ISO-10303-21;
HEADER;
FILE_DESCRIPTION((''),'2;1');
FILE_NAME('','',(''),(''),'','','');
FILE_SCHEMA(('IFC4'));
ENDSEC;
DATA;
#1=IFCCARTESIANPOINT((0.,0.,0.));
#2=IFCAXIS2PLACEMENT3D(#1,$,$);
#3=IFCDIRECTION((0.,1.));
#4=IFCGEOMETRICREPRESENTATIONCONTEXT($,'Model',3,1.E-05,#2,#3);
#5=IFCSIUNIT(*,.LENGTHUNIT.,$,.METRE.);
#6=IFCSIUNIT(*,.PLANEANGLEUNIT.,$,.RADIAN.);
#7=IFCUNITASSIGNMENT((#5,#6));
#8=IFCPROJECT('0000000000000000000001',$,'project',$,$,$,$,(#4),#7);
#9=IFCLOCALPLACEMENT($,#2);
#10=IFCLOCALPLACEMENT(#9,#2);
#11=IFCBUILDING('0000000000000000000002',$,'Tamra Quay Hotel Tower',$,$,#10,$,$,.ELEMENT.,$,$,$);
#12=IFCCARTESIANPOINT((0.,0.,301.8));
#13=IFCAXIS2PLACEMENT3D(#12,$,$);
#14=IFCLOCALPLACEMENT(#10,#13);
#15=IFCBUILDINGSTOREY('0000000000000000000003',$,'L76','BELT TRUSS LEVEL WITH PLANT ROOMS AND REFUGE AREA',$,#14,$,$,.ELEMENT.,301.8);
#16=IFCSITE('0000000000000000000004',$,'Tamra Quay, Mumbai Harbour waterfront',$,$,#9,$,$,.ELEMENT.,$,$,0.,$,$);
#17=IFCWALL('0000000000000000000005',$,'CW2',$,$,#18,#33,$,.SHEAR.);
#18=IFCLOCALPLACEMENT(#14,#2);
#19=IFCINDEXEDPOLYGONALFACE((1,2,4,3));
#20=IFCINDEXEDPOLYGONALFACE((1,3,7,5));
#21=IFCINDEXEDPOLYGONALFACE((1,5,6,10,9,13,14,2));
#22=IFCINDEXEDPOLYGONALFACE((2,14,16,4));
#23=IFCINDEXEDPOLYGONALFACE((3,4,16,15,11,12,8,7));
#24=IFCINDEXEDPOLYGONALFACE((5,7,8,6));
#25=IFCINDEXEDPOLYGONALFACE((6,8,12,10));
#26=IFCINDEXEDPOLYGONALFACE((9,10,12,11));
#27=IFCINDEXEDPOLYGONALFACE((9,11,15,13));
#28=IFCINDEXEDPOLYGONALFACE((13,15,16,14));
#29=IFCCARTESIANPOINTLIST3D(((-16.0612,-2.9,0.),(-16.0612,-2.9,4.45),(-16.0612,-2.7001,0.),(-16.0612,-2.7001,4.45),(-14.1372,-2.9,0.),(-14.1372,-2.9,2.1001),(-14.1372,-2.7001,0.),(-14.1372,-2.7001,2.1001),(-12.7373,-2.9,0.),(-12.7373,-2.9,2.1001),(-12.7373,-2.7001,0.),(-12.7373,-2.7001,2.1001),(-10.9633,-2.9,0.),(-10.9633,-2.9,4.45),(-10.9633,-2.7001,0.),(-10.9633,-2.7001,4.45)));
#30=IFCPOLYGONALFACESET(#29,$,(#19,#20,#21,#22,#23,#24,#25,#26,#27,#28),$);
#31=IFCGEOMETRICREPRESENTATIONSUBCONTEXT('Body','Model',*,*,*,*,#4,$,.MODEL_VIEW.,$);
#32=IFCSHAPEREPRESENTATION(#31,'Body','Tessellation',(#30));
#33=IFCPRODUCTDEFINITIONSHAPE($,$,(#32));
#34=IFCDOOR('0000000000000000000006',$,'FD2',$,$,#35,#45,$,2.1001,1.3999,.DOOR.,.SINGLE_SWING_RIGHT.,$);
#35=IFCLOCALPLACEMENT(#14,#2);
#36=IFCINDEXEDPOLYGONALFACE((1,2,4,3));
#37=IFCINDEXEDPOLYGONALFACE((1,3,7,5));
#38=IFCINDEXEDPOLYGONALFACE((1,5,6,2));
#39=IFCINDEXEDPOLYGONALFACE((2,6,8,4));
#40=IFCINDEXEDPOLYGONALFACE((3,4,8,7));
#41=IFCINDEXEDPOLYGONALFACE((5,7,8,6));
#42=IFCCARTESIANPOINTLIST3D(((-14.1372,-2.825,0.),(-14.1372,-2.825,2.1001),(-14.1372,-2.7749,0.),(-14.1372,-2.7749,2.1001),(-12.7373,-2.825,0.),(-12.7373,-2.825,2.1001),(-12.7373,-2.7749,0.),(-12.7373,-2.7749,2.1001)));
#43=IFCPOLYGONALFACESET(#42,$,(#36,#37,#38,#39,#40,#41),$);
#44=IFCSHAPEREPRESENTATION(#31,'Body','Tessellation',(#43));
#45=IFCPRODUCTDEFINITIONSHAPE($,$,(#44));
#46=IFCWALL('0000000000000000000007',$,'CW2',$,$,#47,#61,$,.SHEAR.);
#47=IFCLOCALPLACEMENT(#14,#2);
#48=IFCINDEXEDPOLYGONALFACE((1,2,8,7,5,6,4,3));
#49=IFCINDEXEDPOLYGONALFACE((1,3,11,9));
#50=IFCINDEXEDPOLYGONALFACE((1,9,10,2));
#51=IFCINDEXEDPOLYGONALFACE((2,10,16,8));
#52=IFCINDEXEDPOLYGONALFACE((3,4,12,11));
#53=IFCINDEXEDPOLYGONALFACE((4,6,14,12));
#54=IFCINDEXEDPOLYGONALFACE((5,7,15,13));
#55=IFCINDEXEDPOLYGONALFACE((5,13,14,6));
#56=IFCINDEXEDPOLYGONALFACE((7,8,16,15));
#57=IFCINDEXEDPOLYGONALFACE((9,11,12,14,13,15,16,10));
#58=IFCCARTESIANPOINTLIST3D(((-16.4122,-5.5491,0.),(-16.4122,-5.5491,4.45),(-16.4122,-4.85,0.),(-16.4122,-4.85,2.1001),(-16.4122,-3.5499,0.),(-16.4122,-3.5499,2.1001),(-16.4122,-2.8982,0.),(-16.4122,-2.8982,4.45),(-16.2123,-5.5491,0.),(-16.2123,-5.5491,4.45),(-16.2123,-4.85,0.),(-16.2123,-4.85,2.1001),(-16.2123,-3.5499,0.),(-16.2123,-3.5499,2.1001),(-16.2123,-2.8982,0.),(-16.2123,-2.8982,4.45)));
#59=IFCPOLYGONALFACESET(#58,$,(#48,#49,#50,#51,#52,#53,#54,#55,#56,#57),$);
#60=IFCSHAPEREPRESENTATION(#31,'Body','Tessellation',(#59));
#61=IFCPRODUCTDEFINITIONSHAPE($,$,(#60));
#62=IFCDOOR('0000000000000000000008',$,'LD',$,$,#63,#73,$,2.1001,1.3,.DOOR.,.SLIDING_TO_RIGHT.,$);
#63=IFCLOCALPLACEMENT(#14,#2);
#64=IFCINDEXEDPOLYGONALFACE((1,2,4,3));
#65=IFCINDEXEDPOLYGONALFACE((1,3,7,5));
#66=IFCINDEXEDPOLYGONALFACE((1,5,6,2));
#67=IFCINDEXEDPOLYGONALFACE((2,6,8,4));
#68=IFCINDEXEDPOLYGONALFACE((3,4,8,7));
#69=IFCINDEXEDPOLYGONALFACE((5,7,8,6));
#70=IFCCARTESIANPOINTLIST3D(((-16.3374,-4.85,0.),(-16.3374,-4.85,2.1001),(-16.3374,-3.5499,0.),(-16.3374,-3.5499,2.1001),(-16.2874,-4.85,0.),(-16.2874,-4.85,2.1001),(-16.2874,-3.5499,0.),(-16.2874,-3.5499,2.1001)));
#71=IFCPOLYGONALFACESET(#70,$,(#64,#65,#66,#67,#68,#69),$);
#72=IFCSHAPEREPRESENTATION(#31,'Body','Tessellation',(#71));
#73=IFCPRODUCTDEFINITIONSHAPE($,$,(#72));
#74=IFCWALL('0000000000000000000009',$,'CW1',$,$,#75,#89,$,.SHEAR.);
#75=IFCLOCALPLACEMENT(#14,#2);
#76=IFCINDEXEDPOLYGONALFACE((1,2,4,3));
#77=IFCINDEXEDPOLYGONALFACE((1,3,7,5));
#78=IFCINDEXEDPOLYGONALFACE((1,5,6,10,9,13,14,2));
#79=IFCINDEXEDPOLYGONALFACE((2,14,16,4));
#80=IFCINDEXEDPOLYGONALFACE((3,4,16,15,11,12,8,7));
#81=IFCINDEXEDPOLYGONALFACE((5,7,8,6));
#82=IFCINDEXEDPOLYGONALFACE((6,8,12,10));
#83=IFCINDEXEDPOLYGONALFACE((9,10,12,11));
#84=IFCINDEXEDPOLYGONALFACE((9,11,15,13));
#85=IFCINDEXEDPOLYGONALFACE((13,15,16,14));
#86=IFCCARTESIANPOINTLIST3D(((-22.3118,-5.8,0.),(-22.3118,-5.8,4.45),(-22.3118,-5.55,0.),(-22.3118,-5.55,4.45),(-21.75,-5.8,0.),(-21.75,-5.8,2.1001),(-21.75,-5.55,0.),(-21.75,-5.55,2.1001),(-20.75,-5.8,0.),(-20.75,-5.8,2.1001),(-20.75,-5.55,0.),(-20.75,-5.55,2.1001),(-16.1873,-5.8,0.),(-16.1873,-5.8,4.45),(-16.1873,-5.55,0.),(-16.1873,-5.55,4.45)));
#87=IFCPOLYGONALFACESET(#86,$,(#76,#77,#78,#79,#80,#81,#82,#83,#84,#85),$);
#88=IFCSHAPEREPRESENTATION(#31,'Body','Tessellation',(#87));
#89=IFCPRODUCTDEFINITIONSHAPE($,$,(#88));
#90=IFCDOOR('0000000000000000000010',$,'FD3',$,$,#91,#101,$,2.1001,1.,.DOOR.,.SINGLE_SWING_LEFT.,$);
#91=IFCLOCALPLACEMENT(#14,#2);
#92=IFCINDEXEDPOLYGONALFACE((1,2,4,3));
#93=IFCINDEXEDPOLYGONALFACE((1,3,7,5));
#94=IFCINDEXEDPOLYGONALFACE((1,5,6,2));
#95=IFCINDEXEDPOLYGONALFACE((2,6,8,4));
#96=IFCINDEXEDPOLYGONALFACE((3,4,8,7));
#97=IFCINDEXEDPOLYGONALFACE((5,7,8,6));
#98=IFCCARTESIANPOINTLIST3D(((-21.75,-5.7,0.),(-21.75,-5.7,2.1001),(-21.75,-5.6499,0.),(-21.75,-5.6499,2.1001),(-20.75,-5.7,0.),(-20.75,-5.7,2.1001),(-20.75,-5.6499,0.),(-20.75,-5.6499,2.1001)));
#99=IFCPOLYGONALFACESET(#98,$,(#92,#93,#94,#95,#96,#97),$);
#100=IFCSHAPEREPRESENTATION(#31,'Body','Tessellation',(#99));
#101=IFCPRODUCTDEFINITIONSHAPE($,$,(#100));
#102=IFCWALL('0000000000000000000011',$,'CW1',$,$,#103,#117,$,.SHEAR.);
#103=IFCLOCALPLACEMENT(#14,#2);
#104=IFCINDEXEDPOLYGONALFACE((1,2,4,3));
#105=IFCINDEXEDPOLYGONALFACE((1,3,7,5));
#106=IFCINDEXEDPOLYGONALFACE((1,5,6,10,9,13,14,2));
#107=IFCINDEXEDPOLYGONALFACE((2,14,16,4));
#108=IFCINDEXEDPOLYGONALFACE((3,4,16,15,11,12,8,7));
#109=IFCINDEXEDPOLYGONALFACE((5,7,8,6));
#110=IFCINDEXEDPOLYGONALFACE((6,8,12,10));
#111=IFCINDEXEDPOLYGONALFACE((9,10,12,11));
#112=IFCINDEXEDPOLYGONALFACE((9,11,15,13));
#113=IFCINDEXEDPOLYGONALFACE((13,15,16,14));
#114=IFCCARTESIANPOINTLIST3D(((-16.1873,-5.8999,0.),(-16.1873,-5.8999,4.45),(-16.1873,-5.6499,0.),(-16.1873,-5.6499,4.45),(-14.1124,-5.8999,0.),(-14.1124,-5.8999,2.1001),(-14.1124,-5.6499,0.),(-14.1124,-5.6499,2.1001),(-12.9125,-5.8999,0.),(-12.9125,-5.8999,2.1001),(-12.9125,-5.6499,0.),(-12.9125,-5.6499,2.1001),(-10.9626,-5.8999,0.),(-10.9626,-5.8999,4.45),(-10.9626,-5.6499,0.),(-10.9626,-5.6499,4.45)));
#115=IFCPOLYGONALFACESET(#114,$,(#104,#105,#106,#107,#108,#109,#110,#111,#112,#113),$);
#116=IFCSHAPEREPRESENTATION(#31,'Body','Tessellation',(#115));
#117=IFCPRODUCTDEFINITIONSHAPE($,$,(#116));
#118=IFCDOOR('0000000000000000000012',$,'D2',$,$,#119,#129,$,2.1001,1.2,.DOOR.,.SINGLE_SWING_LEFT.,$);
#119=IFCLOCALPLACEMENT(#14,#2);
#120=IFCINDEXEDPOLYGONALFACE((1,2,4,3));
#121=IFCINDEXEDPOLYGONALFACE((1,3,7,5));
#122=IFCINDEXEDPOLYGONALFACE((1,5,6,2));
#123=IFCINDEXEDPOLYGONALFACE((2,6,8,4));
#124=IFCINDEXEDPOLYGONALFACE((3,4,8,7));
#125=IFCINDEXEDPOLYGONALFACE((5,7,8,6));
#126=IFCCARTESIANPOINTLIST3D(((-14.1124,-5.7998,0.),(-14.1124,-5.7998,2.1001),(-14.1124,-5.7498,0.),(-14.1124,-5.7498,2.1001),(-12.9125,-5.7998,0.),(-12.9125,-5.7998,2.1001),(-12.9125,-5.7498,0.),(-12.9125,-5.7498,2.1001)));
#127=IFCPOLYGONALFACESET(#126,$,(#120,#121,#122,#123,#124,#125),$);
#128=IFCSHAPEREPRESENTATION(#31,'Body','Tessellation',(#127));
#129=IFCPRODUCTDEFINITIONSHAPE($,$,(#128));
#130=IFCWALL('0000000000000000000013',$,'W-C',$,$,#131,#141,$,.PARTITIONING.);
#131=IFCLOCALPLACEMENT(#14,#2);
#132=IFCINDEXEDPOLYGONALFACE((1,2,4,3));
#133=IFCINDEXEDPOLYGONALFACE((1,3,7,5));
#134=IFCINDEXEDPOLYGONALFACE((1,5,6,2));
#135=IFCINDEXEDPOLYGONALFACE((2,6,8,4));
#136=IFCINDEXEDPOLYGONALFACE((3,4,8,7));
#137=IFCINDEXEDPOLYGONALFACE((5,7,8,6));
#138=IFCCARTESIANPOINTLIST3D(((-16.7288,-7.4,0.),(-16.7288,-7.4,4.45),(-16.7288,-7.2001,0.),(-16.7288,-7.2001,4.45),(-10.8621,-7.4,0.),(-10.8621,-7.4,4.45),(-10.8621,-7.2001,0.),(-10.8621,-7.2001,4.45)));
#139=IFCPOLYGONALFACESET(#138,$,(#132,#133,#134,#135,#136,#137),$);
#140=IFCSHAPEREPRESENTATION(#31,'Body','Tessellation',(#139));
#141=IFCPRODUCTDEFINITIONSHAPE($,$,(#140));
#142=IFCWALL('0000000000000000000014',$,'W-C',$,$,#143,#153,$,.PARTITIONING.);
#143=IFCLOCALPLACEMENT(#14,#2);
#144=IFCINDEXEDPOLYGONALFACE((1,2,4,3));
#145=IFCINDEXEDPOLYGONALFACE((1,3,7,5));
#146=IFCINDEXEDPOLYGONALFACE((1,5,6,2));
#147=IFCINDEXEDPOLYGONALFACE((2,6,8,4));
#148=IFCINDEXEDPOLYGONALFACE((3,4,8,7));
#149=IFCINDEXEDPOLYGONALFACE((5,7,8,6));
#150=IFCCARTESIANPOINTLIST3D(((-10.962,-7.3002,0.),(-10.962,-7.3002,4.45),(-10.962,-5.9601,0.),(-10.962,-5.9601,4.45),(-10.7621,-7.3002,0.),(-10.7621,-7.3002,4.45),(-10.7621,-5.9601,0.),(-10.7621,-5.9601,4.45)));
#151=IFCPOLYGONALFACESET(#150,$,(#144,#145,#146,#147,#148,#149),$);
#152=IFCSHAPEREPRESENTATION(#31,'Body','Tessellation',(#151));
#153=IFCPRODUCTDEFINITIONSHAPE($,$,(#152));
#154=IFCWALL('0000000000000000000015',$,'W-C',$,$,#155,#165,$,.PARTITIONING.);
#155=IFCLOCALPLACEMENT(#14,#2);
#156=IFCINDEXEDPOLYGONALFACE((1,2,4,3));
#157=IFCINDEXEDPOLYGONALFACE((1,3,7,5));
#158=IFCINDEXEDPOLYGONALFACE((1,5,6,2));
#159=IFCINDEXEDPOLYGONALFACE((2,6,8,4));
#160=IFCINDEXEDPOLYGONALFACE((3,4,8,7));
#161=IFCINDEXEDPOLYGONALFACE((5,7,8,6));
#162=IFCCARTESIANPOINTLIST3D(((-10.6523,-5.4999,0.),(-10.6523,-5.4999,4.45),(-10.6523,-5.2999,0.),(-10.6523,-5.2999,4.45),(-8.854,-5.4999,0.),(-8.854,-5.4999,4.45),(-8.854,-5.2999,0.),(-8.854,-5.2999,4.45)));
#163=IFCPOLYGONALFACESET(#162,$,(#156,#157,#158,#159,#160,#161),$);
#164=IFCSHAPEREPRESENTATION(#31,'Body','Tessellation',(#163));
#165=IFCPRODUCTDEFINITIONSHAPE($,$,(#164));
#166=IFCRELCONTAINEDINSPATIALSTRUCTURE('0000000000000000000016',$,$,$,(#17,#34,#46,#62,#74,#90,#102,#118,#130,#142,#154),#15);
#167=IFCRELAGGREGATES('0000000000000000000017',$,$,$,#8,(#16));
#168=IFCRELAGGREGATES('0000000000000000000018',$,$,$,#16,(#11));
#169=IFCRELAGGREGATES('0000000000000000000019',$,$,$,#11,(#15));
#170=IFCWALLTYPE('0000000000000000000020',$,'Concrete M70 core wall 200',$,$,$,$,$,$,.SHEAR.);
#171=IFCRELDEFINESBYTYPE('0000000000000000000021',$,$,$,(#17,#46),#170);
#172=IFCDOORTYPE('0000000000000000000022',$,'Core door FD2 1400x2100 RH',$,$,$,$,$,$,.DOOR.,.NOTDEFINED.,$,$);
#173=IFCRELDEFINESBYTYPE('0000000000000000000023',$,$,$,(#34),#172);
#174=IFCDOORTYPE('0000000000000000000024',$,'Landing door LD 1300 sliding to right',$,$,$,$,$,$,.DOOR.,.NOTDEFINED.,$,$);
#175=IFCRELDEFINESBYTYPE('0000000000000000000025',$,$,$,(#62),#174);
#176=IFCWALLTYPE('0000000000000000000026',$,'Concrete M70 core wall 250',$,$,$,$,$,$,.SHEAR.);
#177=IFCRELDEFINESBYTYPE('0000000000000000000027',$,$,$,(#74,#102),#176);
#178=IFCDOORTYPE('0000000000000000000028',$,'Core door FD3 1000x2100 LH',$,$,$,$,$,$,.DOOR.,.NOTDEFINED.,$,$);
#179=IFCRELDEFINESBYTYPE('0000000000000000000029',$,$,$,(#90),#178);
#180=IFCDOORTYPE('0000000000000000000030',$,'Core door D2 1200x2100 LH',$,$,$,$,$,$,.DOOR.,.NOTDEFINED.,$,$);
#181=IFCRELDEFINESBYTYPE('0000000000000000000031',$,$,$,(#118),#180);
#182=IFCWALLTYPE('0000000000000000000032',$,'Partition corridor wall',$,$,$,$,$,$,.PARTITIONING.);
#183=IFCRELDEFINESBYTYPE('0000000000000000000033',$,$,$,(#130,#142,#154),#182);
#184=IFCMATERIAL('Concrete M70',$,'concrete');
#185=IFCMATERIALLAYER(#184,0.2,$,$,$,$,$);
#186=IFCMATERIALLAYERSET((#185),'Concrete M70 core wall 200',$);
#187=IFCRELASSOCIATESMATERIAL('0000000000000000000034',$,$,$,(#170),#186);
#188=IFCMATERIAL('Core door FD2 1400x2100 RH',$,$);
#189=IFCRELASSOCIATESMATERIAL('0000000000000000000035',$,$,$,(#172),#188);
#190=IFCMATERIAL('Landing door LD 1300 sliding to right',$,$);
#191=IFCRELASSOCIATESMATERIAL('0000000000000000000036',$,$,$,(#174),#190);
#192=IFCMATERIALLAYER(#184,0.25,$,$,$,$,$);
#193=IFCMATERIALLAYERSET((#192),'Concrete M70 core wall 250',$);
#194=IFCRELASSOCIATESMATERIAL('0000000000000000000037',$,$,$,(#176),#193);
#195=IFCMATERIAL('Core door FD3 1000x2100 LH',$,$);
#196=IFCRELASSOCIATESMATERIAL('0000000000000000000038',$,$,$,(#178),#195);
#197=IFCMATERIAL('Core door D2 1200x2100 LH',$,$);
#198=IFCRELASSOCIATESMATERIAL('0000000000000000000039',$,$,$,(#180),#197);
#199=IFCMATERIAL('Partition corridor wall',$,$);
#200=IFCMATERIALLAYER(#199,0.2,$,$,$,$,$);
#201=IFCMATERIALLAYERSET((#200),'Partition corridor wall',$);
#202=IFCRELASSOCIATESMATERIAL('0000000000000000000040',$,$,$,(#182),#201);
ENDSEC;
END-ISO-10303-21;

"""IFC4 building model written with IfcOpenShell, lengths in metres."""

from ifc_helpers import new_model, si_unit, direction, frame, frame_2d, origin, place, context, subcontext, project, spatial, rectangle, extrude, material, layer, layer_set, type_object, element, fill, save


model = new_model("IFC4")

# Units and contexts
model_context = context("Model", 3, precision=1e-05, world=origin(), true_north=direction((0.0, 1.0)))
body_context = subcontext(model_context, "Body", "Model", "MODEL_VIEW")
ifc_project = project(units=[si_unit("LENGTHUNIT", "METRE"), si_unit("PLANEANGLEUNIT", "RADIAN")], contexts=[model_context])

# Site, building, storey
site_placement = place(None, origin())
site = spatial("IfcSite", under=ifc_project, at=site_placement, Name="Tamra Quay, Mumbai Harbour waterfront", CompositionType="ELEMENT", RefElevation=0.0)
building_placement = place(site_placement, origin())
building = spatial("IfcBuilding", under=site, at=building_placement, Name="Tamra Quay Hotel Tower", CompositionType="ELEMENT")
storey_placement = place(building_placement, frame((0.0, 0.0, 301.8)))
storey = spatial("IfcBuildingStorey", under=building, at=storey_placement, Name="L76", Description="BELT TRUSS LEVEL WITH PLANT ROOMS AND REFUGE AREA", CompositionType="ELEMENT", Elevation=301.8)

# Walls, openings, doors
ifc_material_1 = material(Name="Concrete M70", Category="concrete")
ifc_layer_1 = layer(ifc_material_1, 0.2)
ifc_layer_set_1 = layer_set([ifc_layer_1], Name="Concrete M70 core wall 200")
wall_type_1 = type_object("IfcWallType", Name="Concrete M70 core wall 200", PredefinedType="SHEAR", material=ifc_layer_set_1)
wall_1_placement = place(storey_placement, frame((-10.9634, -2.8, 0.0), z_axis=(0.0, 0.0, 1.0), x_axis=(-1.0, 0.0, 0.0)))
wall_1 = element("IfcWall", 1, at=wall_1_placement, inside=storey, type_object=wall_type_1, Name="CW2", PredefinedType="SHEAR", context=body_context, shape_type="SweptSolid", body=[
    extrude(rectangle(XDim=5.0979, YDim=0.2, at=frame_2d((2.5488, 0.0))), origin(), (0.0, 0.0, 1.0), 4.45),
])
opening_1_placement = place(wall_1_placement, frame((1.7739, 0.0, 0.0)))
opening_1 = element("IfcOpeningElement", 2, at=opening_1_placement, cuts=wall_1, PredefinedType="OPENING", context=body_context, shape_type="SweptSolid", body=[
    extrude(rectangle(XDim=1.3999, YDim=2.1001, at=frame_2d((0.7, 1.05))), frame((0.0, 0.1099, 0.0), z_axis=(0.0, -1.0, 0.0), x_axis=(1.0, 0.0, 0.0)), (0.0, 0.0, 1.0), 0.22),
])
ifc_material_2 = material(Name="Core door FD2 1400x2100 RH")
door_type_1 = type_object("IfcDoorType", Name="Core door FD2 1400x2100 RH", OperationType="NOTDEFINED", PredefinedType="DOOR", material=ifc_material_2)
door_1_placement = place(opening_1_placement, origin())
door_1 = element("IfcDoor", 3, at=door_1_placement, inside=storey, type_object=door_type_1, Name="FD2", OperationType="SINGLE_SWING_RIGHT", OverallHeight=2.1001, OverallWidth=1.3999, PredefinedType="DOOR", context=body_context, shape_type="SweptSolid", body=[
    extrude(rectangle(XDim=1.3999, YDim=2.1001, at=frame_2d((0.7, 1.05))), frame((0.0, 0.0249, 0.0), z_axis=(0.0, -1.0, 0.0), x_axis=(1.0, 0.0, 0.0)), (0.0, 0.0, 1.0), 0.05),
])
fill(opening_1, door_1)
wall_2_placement = place(storey_placement, frame((-16.3123, -2.8982, 0.0), z_axis=(0.0, 0.0, 1.0), x_axis=(0.0, -1.0, 0.0)))
wall_2 = element("IfcWall", 4, at=wall_2_placement, inside=storey, type_object=wall_type_1, Name="CW2", PredefinedType="SHEAR", context=body_context, shape_type="SweptSolid", body=[
    extrude(rectangle(XDim=2.6509, YDim=0.2, at=frame_2d((1.3254, 0.0))), origin(), (0.0, 0.0, 1.0), 4.45),
])
opening_2_placement = place(wall_2_placement, frame((0.6519, 0.0, 0.0)))
opening_2 = element("IfcOpeningElement", 5, at=opening_2_placement, cuts=wall_2, PredefinedType="OPENING", context=body_context, shape_type="SweptSolid", body=[
    extrude(rectangle(XDim=1.3, YDim=2.1001, at=frame_2d((0.6499, 1.05))), frame((0.0, 0.1099, 0.0), z_axis=(0.0, -1.0, 0.0), x_axis=(1.0, 0.0, 0.0)), (0.0, 0.0, 1.0), 0.22),
])
ifc_material_3 = material(Name="Landing door LD 1300 sliding to right")
door_type_2 = type_object("IfcDoorType", Name="Landing door LD 1300 sliding to right", OperationType="NOTDEFINED", PredefinedType="DOOR", material=ifc_material_3)
door_2_placement = place(opening_2_placement, origin())
door_2 = element("IfcDoor", 6, at=door_2_placement, inside=storey, type_object=door_type_2, Name="LD", OperationType="SLIDING_TO_RIGHT", OverallHeight=2.1001, OverallWidth=1.3, PredefinedType="DOOR", context=body_context, shape_type="SweptSolid", body=[
    extrude(rectangle(XDim=1.3, YDim=2.1001, at=frame_2d((0.6499, 1.05))), frame((0.0, 0.0249, 0.0), z_axis=(0.0, -1.0, 0.0), x_axis=(1.0, 0.0, 0.0)), (0.0, 0.0, 1.0), 0.05),
])
fill(opening_2, door_2)
ifc_layer_2 = layer(ifc_material_1, 0.25)
ifc_layer_set_2 = layer_set([ifc_layer_2], Name="Concrete M70 core wall 250")
wall_type_2 = type_object("IfcWallType", Name="Concrete M70 core wall 250", PredefinedType="SHEAR", material=ifc_layer_set_2)
wall_3_placement = place(storey_placement, frame((-16.1873, -5.675, 0.0), z_axis=(0.0, 0.0, 1.0), x_axis=(-1.0, 0.0, 0.0)))
wall_3 = element("IfcWall", 7, at=wall_3_placement, inside=storey, type_object=wall_type_2, Name="CW1", PredefinedType="SHEAR", context=body_context, shape_type="SweptSolid", body=[
    extrude(rectangle(XDim=6.1245, YDim=0.25, at=frame_2d((3.0623, 0.0))), origin(), (0.0, 0.0, 1.0), 4.45),
])
opening_3_placement = place(wall_3_placement, frame((4.5627, 0.0, 0.0)))
opening_3 = element("IfcOpeningElement", 8, at=opening_3_placement, cuts=wall_3, PredefinedType="OPENING", context=body_context, shape_type="SweptSolid", body=[
    extrude(rectangle(XDim=1.0, YDim=2.1001, at=frame_2d((0.5, 1.05))), frame((0.0, 0.135, 0.0), z_axis=(0.0, -1.0, 0.0), x_axis=(1.0, 0.0, 0.0)), (0.0, 0.0, 1.0), 0.27),
])
ifc_material_4 = material(Name="Core door FD3 1000x2100 LH")
door_type_3 = type_object("IfcDoorType", Name="Core door FD3 1000x2100 LH", OperationType="NOTDEFINED", PredefinedType="DOOR", material=ifc_material_4)
door_3_placement = place(opening_3_placement, origin())
door_3 = element("IfcDoor", 9, at=door_3_placement, inside=storey, type_object=door_type_3, Name="FD3", OperationType="SINGLE_SWING_LEFT", OverallHeight=2.1001, OverallWidth=1.0, PredefinedType="DOOR", context=body_context, shape_type="SweptSolid", body=[
    extrude(rectangle(XDim=1.0, YDim=2.1001, at=frame_2d((0.5, 1.05))), frame((0.0, 0.0249, 0.0), z_axis=(0.0, -1.0, 0.0), x_axis=(1.0, 0.0, 0.0)), (0.0, 0.0, 1.0), 0.05),
])
fill(opening_3, door_3)
wall_4_placement = place(storey_placement, frame((-10.9626, -5.7749, 0.0), z_axis=(0.0, 0.0, 1.0), x_axis=(-1.0, 0.0, 0.0)))
wall_4 = element("IfcWall", 10, at=wall_4_placement, inside=storey, type_object=wall_type_2, Name="CW1", PredefinedType="SHEAR", context=body_context, shape_type="SweptSolid", body=[
    extrude(rectangle(XDim=5.2246, YDim=0.25, at=frame_2d((2.6123, 0.0))), origin(), (0.0, 0.0, 1.0), 4.45),
])
opening_4_placement = place(wall_4_placement, frame((1.9497, 0.0, 0.0)))
opening_4 = element("IfcOpeningElement", 11, at=opening_4_placement, cuts=wall_4, PredefinedType="OPENING", context=body_context, shape_type="SweptSolid", body=[
    extrude(rectangle(XDim=1.2, YDim=2.1001, at=frame_2d((0.6001, 1.05))), frame((0.0, 0.135, 0.0), z_axis=(0.0, -1.0, 0.0), x_axis=(1.0, 0.0, 0.0)), (0.0, 0.0, 1.0), 0.27),
])
ifc_material_5 = material(Name="Core door D2 1200x2100 LH")
door_type_4 = type_object("IfcDoorType", Name="Core door D2 1200x2100 LH", OperationType="NOTDEFINED", PredefinedType="DOOR", material=ifc_material_5)
door_4_placement = place(opening_4_placement, origin())
door_4 = element("IfcDoor", 12, at=door_4_placement, inside=storey, type_object=door_type_4, Name="D2", OperationType="SINGLE_SWING_LEFT", OverallHeight=2.1001, OverallWidth=1.2, PredefinedType="DOOR", context=body_context, shape_type="SweptSolid", body=[
    extrude(rectangle(XDim=1.2, YDim=2.1001, at=frame_2d((0.6001, 1.05))), frame((0.0, 0.0249, 0.0), z_axis=(0.0, -1.0, 0.0), x_axis=(1.0, 0.0, 0.0)), (0.0, 0.0, 1.0), 0.05),
])
fill(opening_4, door_4)

# Walls
ifc_material_6 = material(Name="Partition corridor wall")
ifc_layer_3 = layer(ifc_material_6, 0.2)
ifc_layer_set_3 = layer_set([ifc_layer_3], Name="Partition corridor wall")
wall_type_3 = type_object("IfcWallType", Name="Partition corridor wall", PredefinedType="PARTITIONING", material=ifc_layer_set_3)
wall_5_placement = place(storey_placement, frame((-16.7288, -7.3, 0.0), z_axis=(0.0, 0.0, 1.0), x_axis=(1.0, 0.0, 0.0)))
element("IfcWall", 13, at=wall_5_placement, inside=storey, type_object=wall_type_3, Name="W-C", PredefinedType="PARTITIONING", context=body_context, shape_type="SweptSolid", body=[
    extrude(rectangle(XDim=5.8667, YDim=0.2, at=frame_2d((2.9333, 0.0))), origin(), (0.0, 0.0, 1.0), 4.45),
])
wall_6_placement = place(storey_placement, frame((-10.8621, -7.3, 0.0), z_axis=(0.0, 0.0, 1.0), x_axis=(0.0, 1.0, 0.0)))
element("IfcWall", 14, at=wall_6_placement, inside=storey, type_object=wall_type_3, Name="W-C", PredefinedType="PARTITIONING", context=body_context, shape_type="SweptSolid", body=[
    extrude(rectangle(XDim=1.3401, YDim=0.2, at=frame_2d((0.6699, 0.0))), origin(), (0.0, 0.0, 1.0), 4.45),
])
wall_7_placement = place(storey_placement, frame((-10.6523, -5.3999, 0.0), z_axis=(0.0, 0.0, 1.0), x_axis=(1.0, 0.0, 0.0)))
element("IfcWall", 15, at=wall_7_placement, inside=storey, type_object=wall_type_3, Name="W-C", PredefinedType="PARTITIONING", context=body_context, shape_type="SweptSolid", body=[
    extrude(rectangle(XDim=1.7983, YDim=0.2, at=frame_2d((0.8992, 0.0))), origin(), (0.0, 0.0, 1.0), 4.45),
])

save(model, "model.ifc")
